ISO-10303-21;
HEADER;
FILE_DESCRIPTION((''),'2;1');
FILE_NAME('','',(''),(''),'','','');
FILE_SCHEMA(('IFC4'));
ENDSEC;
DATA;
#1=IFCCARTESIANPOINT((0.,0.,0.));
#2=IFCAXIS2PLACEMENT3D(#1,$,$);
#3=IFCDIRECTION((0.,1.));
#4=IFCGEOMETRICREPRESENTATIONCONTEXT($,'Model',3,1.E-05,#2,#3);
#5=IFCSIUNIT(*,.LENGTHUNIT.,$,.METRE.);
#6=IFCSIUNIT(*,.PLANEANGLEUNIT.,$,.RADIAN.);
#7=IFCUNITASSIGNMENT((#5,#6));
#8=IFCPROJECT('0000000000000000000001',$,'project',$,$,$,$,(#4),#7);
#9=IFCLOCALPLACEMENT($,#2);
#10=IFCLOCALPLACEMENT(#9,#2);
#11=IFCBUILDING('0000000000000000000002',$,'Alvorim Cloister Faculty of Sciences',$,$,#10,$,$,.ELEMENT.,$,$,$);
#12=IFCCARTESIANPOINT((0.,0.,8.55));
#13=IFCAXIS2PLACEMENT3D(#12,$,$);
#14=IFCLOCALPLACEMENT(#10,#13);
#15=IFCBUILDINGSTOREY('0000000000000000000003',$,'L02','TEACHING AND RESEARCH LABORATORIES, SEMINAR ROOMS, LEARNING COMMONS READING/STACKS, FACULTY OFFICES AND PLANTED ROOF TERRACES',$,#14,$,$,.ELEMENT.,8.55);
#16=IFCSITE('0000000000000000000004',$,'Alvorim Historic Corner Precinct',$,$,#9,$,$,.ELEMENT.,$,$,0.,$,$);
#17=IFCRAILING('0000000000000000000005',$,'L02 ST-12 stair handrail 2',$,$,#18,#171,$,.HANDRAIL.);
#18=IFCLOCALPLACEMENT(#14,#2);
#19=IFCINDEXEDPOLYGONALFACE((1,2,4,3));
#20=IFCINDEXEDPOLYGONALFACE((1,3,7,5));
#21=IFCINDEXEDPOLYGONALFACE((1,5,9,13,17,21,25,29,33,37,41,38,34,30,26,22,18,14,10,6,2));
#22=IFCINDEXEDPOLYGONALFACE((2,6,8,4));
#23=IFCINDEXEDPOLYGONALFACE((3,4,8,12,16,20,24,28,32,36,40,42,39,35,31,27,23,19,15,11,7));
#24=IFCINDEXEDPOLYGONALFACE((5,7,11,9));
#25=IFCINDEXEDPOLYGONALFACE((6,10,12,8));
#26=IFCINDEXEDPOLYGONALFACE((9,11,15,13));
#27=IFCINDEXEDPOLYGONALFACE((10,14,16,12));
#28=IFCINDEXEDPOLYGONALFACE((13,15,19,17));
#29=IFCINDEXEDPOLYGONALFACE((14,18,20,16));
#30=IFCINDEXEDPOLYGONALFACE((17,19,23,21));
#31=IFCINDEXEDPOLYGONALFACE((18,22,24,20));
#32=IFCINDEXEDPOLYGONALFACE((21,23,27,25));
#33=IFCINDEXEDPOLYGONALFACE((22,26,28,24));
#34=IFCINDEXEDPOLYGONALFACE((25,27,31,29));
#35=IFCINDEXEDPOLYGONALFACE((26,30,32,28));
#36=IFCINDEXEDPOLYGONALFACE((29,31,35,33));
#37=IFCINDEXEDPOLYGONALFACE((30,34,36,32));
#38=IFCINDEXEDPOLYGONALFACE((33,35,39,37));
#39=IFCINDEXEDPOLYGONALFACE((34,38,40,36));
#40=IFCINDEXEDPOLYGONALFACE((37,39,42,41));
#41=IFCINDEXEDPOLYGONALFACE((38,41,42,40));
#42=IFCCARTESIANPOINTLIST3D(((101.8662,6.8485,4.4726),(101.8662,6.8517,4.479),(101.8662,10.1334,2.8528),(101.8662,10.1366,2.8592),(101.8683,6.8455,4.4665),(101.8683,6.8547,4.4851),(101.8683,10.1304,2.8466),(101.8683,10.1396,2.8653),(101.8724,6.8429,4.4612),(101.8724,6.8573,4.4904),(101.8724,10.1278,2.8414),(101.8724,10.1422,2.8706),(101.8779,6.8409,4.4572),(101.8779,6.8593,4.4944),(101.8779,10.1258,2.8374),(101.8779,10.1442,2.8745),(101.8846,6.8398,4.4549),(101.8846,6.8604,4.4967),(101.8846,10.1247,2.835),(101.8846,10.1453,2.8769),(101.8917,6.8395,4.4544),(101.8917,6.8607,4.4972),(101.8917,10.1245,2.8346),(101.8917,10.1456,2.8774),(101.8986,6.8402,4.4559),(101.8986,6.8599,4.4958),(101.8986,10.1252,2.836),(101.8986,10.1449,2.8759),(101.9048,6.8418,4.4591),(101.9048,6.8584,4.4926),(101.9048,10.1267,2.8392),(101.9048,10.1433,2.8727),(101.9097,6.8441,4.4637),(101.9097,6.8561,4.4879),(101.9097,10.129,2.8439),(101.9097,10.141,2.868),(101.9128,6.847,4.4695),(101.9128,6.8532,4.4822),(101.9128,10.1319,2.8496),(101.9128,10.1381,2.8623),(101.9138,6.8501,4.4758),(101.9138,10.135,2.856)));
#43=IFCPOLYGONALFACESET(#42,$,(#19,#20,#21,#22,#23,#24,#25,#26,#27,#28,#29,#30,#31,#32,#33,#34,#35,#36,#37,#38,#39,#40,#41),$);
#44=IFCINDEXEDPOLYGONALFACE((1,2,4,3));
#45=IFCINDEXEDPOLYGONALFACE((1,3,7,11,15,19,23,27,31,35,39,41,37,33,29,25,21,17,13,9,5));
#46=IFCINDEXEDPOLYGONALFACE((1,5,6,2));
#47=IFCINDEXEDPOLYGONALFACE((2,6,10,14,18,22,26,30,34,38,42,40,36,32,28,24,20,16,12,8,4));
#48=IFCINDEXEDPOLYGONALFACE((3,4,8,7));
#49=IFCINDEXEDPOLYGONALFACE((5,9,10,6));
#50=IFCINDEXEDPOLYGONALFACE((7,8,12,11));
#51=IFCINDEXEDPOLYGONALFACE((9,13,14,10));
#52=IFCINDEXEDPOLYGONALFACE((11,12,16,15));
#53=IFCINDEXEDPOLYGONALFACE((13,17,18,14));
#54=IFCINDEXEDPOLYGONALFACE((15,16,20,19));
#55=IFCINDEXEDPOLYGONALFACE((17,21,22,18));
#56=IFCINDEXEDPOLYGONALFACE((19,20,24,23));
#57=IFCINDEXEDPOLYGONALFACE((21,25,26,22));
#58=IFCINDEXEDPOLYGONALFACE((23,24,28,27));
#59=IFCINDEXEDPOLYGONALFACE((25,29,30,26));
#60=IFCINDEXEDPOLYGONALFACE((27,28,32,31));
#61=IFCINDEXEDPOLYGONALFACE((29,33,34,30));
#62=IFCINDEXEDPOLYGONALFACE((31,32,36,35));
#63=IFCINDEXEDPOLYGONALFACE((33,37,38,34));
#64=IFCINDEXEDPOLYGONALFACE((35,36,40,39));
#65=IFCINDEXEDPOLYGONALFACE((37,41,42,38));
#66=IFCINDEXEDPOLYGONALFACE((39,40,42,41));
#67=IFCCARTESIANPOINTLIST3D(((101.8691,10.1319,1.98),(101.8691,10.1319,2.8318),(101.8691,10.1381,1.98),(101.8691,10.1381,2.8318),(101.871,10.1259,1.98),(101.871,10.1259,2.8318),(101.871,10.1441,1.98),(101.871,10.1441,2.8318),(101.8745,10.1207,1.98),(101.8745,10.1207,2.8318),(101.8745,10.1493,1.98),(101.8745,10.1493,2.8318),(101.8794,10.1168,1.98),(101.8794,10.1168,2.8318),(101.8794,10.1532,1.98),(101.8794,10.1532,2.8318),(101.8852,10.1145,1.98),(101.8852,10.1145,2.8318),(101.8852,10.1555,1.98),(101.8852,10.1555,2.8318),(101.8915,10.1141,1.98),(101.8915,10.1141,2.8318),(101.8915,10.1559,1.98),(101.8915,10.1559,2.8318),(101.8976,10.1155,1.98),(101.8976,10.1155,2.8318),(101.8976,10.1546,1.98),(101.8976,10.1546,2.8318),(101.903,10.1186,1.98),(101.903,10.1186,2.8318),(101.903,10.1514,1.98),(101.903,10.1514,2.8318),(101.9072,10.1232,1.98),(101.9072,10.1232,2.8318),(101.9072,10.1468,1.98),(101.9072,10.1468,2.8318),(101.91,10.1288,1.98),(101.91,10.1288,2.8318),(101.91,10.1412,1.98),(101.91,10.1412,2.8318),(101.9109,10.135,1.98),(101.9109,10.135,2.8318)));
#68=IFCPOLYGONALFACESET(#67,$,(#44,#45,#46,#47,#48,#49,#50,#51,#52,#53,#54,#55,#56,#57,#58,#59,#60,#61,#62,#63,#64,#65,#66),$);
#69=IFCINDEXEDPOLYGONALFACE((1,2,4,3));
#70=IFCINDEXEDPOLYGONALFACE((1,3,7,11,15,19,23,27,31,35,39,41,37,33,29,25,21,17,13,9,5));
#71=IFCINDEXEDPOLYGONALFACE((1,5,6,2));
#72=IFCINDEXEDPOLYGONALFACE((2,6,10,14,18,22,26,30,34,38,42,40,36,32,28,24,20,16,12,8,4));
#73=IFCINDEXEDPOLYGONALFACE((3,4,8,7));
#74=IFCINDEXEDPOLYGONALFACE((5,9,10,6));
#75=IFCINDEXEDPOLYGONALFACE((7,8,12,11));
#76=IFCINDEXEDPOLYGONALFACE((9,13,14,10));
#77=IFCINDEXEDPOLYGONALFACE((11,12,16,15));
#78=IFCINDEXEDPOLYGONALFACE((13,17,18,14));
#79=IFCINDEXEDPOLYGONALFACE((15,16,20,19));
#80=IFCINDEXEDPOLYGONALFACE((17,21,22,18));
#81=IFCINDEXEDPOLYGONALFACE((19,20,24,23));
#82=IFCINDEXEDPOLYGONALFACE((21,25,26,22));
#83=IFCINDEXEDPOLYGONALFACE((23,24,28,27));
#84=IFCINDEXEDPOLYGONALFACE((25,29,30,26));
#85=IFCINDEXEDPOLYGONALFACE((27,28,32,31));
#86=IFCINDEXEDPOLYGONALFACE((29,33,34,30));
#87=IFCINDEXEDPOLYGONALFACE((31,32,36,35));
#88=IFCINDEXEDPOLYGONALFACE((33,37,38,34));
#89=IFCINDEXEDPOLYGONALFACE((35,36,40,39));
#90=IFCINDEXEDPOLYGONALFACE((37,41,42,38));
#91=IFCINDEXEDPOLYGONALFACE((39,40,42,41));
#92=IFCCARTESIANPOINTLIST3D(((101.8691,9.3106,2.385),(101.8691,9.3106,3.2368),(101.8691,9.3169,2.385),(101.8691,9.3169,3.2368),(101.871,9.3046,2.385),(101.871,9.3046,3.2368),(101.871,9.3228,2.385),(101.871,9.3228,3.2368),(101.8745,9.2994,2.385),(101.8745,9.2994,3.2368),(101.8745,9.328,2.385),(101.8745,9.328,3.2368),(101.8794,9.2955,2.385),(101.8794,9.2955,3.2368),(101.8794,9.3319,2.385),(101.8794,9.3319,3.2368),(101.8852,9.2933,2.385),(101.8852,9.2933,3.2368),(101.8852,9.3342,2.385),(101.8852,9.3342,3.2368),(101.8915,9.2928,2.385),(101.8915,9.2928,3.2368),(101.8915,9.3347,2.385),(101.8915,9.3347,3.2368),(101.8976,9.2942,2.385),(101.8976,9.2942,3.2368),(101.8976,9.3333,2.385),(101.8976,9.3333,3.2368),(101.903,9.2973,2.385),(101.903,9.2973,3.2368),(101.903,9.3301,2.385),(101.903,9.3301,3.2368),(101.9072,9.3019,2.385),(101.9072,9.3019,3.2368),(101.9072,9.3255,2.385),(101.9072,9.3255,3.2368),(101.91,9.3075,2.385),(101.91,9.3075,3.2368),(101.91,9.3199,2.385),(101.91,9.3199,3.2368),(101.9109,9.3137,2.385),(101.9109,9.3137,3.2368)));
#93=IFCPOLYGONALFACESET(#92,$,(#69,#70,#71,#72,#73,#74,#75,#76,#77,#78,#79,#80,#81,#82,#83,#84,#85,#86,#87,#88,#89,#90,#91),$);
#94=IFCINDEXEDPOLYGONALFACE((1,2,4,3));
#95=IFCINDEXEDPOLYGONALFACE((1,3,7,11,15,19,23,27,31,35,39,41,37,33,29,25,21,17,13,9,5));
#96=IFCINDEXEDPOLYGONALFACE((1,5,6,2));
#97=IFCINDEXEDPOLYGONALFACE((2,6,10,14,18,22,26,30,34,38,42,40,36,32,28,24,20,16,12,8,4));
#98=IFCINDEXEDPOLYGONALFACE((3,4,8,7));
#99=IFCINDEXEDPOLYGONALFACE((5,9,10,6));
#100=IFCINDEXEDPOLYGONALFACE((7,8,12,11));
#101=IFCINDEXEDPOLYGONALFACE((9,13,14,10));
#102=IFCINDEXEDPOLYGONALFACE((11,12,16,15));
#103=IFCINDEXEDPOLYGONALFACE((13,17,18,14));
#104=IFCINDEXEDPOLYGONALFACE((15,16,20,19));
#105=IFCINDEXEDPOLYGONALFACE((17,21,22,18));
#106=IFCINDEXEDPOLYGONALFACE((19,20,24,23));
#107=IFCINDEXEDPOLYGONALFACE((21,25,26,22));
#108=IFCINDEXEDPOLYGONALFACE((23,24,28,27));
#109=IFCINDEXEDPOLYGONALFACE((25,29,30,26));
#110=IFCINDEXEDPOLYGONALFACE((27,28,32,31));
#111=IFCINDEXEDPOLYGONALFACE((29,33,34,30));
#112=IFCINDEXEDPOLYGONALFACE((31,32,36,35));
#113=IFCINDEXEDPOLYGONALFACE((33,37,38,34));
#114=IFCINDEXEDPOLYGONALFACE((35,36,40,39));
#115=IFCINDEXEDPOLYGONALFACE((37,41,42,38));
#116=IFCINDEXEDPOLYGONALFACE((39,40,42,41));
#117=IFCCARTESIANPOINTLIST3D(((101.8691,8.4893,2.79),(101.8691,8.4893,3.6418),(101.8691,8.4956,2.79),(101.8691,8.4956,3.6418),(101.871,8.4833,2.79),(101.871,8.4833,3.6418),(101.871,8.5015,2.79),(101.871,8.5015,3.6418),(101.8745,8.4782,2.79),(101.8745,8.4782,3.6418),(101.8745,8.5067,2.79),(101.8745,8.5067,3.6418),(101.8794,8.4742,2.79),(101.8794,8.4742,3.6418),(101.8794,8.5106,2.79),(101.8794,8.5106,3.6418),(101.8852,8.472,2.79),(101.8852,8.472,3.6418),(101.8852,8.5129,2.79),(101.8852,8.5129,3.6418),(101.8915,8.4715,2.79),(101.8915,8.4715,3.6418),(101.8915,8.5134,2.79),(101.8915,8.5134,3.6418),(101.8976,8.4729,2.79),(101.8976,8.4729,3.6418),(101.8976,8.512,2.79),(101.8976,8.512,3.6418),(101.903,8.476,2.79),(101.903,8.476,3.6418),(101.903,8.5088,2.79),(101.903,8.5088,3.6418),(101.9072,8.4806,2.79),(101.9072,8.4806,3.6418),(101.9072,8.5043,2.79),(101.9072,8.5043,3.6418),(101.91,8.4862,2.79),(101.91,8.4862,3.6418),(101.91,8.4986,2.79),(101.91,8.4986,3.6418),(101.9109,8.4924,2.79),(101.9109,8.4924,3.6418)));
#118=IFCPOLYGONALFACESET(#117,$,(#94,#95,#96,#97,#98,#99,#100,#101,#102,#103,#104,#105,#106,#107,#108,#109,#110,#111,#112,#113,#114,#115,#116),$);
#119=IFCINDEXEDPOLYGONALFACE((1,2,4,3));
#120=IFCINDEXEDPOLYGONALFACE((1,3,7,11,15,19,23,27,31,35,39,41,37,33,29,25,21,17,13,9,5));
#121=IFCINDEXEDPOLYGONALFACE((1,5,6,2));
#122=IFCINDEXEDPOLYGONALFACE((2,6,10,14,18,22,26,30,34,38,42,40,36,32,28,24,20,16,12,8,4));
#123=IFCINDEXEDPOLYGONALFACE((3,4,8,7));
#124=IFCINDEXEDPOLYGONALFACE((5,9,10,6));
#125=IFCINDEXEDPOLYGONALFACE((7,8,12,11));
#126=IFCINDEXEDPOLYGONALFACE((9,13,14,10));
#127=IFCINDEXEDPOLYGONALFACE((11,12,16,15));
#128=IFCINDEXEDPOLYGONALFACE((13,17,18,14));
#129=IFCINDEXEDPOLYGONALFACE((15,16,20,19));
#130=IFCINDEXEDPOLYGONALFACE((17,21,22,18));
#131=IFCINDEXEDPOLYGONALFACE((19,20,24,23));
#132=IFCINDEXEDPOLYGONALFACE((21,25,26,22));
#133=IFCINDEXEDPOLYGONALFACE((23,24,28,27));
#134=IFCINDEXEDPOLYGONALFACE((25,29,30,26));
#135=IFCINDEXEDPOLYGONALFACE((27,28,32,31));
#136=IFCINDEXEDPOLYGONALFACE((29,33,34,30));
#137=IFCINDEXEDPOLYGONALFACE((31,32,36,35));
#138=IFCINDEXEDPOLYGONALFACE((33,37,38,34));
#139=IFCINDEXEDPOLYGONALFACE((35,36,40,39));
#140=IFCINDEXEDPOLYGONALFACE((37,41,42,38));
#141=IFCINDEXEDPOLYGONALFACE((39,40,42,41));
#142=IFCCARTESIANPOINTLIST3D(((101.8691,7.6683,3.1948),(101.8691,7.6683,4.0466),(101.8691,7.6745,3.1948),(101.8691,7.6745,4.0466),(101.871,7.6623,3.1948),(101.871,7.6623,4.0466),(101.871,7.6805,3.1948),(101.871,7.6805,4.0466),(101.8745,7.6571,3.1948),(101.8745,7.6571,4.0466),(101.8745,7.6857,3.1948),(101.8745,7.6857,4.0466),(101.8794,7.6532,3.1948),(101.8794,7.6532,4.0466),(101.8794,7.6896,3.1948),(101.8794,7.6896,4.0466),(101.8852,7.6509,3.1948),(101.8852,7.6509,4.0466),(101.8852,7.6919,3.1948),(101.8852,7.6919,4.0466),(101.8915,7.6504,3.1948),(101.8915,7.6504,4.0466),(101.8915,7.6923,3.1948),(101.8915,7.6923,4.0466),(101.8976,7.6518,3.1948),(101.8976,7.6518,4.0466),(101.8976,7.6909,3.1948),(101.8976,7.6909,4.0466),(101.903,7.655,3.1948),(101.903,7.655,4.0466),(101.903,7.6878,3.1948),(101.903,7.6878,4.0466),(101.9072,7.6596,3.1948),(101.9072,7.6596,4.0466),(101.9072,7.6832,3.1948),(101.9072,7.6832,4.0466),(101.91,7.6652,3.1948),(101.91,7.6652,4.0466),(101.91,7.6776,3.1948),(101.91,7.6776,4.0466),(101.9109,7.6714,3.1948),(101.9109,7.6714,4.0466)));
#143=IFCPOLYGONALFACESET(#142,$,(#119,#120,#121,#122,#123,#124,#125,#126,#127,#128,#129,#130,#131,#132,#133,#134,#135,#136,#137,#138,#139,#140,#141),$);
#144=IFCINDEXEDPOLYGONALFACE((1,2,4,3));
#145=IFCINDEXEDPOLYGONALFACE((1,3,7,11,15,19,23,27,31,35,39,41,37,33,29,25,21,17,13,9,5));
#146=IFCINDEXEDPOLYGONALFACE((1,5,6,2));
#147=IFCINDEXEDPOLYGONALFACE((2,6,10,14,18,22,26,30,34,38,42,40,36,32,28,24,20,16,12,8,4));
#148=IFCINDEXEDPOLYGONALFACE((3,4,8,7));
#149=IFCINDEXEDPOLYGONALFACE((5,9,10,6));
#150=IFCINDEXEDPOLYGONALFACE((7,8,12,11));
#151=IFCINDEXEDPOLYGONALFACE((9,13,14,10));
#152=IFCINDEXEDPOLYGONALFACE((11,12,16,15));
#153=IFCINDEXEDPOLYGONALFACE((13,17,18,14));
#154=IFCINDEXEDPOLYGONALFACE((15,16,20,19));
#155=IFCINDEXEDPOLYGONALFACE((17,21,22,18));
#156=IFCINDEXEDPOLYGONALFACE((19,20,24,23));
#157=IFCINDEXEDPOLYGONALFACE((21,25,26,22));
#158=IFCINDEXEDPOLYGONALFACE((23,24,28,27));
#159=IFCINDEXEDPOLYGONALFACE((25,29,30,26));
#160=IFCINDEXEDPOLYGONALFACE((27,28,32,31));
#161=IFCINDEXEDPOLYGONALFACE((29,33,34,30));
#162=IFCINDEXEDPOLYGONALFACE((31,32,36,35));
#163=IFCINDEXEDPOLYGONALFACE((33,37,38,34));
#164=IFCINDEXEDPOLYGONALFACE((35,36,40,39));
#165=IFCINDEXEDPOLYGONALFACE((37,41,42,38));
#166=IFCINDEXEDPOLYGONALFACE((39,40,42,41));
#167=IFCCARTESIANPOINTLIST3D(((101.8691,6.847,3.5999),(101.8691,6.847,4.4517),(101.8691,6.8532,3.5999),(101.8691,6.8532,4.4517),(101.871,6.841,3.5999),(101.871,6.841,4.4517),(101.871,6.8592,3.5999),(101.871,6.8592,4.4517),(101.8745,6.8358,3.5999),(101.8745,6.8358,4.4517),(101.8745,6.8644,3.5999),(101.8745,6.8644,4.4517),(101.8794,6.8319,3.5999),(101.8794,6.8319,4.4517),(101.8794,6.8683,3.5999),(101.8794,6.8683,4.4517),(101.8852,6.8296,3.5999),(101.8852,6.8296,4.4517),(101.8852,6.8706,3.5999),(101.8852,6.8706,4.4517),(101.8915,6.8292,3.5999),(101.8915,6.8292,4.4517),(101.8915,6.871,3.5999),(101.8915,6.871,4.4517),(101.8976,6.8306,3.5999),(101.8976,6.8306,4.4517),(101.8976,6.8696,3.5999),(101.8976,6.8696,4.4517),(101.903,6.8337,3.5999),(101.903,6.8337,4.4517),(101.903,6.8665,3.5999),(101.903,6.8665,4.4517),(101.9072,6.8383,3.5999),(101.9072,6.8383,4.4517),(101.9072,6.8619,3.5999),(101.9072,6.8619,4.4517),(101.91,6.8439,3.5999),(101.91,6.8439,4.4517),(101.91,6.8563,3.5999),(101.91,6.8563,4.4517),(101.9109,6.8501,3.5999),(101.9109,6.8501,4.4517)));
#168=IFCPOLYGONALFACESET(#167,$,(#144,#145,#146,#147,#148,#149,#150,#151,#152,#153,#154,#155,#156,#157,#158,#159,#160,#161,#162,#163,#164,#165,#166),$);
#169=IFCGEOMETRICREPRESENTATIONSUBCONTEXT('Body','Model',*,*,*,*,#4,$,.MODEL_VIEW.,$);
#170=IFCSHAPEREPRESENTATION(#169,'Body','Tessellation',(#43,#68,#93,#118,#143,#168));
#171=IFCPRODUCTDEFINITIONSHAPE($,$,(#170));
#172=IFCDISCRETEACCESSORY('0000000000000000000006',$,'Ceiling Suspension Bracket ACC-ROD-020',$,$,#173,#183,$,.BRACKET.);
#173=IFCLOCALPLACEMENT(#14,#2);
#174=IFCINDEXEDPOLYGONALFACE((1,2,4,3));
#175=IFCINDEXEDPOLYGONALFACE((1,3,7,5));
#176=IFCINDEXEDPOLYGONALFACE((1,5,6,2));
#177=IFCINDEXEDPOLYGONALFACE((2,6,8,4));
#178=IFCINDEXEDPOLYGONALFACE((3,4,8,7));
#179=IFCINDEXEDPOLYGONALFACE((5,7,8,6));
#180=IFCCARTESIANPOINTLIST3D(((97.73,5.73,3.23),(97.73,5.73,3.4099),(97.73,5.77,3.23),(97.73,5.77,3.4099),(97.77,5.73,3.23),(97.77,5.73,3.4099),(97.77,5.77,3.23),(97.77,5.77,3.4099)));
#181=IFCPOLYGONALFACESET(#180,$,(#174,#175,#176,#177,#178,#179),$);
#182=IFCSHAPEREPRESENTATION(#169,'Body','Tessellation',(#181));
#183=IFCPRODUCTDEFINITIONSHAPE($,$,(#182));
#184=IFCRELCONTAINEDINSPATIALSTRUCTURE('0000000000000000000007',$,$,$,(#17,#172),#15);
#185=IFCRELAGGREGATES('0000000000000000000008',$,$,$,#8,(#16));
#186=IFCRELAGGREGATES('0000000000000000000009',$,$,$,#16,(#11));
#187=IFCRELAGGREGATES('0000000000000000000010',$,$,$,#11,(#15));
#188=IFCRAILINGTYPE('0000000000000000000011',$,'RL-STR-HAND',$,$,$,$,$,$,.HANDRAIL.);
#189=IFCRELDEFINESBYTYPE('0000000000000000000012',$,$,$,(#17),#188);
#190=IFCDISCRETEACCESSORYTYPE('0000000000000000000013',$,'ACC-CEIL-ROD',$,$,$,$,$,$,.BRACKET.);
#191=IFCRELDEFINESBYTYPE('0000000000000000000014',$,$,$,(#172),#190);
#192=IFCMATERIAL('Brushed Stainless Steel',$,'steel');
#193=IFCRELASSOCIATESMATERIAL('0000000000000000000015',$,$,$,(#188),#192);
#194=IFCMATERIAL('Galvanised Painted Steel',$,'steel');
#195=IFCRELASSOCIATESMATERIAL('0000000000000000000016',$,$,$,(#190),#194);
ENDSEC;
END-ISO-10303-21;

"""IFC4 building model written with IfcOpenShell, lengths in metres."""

from ifc_helpers import new_model, si_unit, direction, frame, origin, origin_2d, place, context, subcontext, project, spatial, rectangle, circle, extrude, material, type_object, element, save


model = new_model("IFC4")

# Units and contexts
model_context = context("Model", 3, precision=1e-05, world=origin(), true_north=direction((0.0, 1.0)))
body_context = subcontext(model_context, "Body", "Model", "MODEL_VIEW")
ifc_project = project(units=[si_unit("LENGTHUNIT", "METRE"), si_unit("PLANEANGLEUNIT", "RADIAN")], contexts=[model_context])

# Site, building, storey
site_placement = place(None, origin())
site = spatial("IfcSite", under=ifc_project, at=site_placement, Name="Alvorim Historic Corner Precinct", CompositionType="ELEMENT", RefElevation=0.0)
building_placement = place(site_placement, origin())
building = spatial("IfcBuilding", under=site, at=building_placement, Name="Alvorim Cloister Faculty of Sciences", CompositionType="ELEMENT")
storey_placement = place(building_placement, frame((0.0, 0.0, 8.55)))
storey = spatial("IfcBuildingStorey", under=building, at=storey_placement, Name="L02", Description="TEACHING AND RESEARCH LABORATORIES, SEMINAR ROOMS, LEARNING COMMONS READING/STACKS, FACULTY OFFICES AND PLANTED ROOF TERRACES", CompositionType="ELEMENT", Elevation=8.55)

# Railing
ifc_material_1 = material(Name="Galvanised Painted Steel", Category="steel")
ifc_material_2 = material(Name="Brushed Stainless Steel", Category="steel")
railing_type_1 = type_object("IfcRailingType", Name="RL-STR-HAND", PredefinedType="HANDRAIL", material=ifc_material_2)
railing_1_placement = place(storey_placement, frame((101.8899, 10.135, 1.98)))
element("IfcRailing", 1, at=railing_1_placement, inside=storey, type_object=railing_type_1, Name="L02 ST-12 stair handrail 2", PredefinedType="HANDRAIL", context=body_context, shape_type="SweptSolid", body=[
    extrude(circle(Radius=0.0239, at=origin_2d()), frame((0.0, 0.0, 0.876), z_axis=(0.0, -0.89688, 0.442274), x_axis=(1.0, 0.0, 0.0)), (0.0, 0.0, 1.0), 3.6626),
    extrude(circle(Radius=0.021, at=origin_2d()), origin(), (0.0, 0.0, 1.0), 0.8518),
    extrude(circle(Radius=0.021, at=origin_2d()), frame((0.0, -0.8213, 0.405)), (0.0, 0.0, 1.0), 0.8518),
    extrude(circle(Radius=0.021, at=origin_2d()), frame((0.0, -1.6426, 0.8101)), (0.0, 0.0, 1.0), 0.8518),
    extrude(circle(Radius=0.021, at=origin_2d()), frame((0.0, -2.4636, 1.2148)), (0.0, 0.0, 1.0), 0.8518),
    extrude(circle(Radius=0.021, at=origin_2d()), frame((0.0, -3.2849, 1.6199)), (0.0, 0.0, 1.0), 0.8518),
])

# Discrete accessory
discrete_accessory_type = type_object("IfcDiscreteAccessoryType", Name="ACC-CEIL-ROD", PredefinedType="BRACKET", material=ifc_material_1)
discrete_accessory_placement = place(storey_placement, frame((97.75, 5.75, 3.23), z_axis=(0.0, 0.0, 1.0), x_axis=(1.0, 0.0, 0.0)))
element("IfcDiscreteAccessory", 2, at=discrete_accessory_placement, inside=storey, type_object=discrete_accessory_type, Name="Ceiling Suspension Bracket ACC-ROD-020", PredefinedType="BRACKET", context=body_context, shape_type="SweptSolid", body=[
    extrude(rectangle(XDim=0.04, YDim=0.04, at=origin_2d()), origin(), (0.0, 0.0, 1.0), 0.1799),
])

save(model, "model.ifc")
